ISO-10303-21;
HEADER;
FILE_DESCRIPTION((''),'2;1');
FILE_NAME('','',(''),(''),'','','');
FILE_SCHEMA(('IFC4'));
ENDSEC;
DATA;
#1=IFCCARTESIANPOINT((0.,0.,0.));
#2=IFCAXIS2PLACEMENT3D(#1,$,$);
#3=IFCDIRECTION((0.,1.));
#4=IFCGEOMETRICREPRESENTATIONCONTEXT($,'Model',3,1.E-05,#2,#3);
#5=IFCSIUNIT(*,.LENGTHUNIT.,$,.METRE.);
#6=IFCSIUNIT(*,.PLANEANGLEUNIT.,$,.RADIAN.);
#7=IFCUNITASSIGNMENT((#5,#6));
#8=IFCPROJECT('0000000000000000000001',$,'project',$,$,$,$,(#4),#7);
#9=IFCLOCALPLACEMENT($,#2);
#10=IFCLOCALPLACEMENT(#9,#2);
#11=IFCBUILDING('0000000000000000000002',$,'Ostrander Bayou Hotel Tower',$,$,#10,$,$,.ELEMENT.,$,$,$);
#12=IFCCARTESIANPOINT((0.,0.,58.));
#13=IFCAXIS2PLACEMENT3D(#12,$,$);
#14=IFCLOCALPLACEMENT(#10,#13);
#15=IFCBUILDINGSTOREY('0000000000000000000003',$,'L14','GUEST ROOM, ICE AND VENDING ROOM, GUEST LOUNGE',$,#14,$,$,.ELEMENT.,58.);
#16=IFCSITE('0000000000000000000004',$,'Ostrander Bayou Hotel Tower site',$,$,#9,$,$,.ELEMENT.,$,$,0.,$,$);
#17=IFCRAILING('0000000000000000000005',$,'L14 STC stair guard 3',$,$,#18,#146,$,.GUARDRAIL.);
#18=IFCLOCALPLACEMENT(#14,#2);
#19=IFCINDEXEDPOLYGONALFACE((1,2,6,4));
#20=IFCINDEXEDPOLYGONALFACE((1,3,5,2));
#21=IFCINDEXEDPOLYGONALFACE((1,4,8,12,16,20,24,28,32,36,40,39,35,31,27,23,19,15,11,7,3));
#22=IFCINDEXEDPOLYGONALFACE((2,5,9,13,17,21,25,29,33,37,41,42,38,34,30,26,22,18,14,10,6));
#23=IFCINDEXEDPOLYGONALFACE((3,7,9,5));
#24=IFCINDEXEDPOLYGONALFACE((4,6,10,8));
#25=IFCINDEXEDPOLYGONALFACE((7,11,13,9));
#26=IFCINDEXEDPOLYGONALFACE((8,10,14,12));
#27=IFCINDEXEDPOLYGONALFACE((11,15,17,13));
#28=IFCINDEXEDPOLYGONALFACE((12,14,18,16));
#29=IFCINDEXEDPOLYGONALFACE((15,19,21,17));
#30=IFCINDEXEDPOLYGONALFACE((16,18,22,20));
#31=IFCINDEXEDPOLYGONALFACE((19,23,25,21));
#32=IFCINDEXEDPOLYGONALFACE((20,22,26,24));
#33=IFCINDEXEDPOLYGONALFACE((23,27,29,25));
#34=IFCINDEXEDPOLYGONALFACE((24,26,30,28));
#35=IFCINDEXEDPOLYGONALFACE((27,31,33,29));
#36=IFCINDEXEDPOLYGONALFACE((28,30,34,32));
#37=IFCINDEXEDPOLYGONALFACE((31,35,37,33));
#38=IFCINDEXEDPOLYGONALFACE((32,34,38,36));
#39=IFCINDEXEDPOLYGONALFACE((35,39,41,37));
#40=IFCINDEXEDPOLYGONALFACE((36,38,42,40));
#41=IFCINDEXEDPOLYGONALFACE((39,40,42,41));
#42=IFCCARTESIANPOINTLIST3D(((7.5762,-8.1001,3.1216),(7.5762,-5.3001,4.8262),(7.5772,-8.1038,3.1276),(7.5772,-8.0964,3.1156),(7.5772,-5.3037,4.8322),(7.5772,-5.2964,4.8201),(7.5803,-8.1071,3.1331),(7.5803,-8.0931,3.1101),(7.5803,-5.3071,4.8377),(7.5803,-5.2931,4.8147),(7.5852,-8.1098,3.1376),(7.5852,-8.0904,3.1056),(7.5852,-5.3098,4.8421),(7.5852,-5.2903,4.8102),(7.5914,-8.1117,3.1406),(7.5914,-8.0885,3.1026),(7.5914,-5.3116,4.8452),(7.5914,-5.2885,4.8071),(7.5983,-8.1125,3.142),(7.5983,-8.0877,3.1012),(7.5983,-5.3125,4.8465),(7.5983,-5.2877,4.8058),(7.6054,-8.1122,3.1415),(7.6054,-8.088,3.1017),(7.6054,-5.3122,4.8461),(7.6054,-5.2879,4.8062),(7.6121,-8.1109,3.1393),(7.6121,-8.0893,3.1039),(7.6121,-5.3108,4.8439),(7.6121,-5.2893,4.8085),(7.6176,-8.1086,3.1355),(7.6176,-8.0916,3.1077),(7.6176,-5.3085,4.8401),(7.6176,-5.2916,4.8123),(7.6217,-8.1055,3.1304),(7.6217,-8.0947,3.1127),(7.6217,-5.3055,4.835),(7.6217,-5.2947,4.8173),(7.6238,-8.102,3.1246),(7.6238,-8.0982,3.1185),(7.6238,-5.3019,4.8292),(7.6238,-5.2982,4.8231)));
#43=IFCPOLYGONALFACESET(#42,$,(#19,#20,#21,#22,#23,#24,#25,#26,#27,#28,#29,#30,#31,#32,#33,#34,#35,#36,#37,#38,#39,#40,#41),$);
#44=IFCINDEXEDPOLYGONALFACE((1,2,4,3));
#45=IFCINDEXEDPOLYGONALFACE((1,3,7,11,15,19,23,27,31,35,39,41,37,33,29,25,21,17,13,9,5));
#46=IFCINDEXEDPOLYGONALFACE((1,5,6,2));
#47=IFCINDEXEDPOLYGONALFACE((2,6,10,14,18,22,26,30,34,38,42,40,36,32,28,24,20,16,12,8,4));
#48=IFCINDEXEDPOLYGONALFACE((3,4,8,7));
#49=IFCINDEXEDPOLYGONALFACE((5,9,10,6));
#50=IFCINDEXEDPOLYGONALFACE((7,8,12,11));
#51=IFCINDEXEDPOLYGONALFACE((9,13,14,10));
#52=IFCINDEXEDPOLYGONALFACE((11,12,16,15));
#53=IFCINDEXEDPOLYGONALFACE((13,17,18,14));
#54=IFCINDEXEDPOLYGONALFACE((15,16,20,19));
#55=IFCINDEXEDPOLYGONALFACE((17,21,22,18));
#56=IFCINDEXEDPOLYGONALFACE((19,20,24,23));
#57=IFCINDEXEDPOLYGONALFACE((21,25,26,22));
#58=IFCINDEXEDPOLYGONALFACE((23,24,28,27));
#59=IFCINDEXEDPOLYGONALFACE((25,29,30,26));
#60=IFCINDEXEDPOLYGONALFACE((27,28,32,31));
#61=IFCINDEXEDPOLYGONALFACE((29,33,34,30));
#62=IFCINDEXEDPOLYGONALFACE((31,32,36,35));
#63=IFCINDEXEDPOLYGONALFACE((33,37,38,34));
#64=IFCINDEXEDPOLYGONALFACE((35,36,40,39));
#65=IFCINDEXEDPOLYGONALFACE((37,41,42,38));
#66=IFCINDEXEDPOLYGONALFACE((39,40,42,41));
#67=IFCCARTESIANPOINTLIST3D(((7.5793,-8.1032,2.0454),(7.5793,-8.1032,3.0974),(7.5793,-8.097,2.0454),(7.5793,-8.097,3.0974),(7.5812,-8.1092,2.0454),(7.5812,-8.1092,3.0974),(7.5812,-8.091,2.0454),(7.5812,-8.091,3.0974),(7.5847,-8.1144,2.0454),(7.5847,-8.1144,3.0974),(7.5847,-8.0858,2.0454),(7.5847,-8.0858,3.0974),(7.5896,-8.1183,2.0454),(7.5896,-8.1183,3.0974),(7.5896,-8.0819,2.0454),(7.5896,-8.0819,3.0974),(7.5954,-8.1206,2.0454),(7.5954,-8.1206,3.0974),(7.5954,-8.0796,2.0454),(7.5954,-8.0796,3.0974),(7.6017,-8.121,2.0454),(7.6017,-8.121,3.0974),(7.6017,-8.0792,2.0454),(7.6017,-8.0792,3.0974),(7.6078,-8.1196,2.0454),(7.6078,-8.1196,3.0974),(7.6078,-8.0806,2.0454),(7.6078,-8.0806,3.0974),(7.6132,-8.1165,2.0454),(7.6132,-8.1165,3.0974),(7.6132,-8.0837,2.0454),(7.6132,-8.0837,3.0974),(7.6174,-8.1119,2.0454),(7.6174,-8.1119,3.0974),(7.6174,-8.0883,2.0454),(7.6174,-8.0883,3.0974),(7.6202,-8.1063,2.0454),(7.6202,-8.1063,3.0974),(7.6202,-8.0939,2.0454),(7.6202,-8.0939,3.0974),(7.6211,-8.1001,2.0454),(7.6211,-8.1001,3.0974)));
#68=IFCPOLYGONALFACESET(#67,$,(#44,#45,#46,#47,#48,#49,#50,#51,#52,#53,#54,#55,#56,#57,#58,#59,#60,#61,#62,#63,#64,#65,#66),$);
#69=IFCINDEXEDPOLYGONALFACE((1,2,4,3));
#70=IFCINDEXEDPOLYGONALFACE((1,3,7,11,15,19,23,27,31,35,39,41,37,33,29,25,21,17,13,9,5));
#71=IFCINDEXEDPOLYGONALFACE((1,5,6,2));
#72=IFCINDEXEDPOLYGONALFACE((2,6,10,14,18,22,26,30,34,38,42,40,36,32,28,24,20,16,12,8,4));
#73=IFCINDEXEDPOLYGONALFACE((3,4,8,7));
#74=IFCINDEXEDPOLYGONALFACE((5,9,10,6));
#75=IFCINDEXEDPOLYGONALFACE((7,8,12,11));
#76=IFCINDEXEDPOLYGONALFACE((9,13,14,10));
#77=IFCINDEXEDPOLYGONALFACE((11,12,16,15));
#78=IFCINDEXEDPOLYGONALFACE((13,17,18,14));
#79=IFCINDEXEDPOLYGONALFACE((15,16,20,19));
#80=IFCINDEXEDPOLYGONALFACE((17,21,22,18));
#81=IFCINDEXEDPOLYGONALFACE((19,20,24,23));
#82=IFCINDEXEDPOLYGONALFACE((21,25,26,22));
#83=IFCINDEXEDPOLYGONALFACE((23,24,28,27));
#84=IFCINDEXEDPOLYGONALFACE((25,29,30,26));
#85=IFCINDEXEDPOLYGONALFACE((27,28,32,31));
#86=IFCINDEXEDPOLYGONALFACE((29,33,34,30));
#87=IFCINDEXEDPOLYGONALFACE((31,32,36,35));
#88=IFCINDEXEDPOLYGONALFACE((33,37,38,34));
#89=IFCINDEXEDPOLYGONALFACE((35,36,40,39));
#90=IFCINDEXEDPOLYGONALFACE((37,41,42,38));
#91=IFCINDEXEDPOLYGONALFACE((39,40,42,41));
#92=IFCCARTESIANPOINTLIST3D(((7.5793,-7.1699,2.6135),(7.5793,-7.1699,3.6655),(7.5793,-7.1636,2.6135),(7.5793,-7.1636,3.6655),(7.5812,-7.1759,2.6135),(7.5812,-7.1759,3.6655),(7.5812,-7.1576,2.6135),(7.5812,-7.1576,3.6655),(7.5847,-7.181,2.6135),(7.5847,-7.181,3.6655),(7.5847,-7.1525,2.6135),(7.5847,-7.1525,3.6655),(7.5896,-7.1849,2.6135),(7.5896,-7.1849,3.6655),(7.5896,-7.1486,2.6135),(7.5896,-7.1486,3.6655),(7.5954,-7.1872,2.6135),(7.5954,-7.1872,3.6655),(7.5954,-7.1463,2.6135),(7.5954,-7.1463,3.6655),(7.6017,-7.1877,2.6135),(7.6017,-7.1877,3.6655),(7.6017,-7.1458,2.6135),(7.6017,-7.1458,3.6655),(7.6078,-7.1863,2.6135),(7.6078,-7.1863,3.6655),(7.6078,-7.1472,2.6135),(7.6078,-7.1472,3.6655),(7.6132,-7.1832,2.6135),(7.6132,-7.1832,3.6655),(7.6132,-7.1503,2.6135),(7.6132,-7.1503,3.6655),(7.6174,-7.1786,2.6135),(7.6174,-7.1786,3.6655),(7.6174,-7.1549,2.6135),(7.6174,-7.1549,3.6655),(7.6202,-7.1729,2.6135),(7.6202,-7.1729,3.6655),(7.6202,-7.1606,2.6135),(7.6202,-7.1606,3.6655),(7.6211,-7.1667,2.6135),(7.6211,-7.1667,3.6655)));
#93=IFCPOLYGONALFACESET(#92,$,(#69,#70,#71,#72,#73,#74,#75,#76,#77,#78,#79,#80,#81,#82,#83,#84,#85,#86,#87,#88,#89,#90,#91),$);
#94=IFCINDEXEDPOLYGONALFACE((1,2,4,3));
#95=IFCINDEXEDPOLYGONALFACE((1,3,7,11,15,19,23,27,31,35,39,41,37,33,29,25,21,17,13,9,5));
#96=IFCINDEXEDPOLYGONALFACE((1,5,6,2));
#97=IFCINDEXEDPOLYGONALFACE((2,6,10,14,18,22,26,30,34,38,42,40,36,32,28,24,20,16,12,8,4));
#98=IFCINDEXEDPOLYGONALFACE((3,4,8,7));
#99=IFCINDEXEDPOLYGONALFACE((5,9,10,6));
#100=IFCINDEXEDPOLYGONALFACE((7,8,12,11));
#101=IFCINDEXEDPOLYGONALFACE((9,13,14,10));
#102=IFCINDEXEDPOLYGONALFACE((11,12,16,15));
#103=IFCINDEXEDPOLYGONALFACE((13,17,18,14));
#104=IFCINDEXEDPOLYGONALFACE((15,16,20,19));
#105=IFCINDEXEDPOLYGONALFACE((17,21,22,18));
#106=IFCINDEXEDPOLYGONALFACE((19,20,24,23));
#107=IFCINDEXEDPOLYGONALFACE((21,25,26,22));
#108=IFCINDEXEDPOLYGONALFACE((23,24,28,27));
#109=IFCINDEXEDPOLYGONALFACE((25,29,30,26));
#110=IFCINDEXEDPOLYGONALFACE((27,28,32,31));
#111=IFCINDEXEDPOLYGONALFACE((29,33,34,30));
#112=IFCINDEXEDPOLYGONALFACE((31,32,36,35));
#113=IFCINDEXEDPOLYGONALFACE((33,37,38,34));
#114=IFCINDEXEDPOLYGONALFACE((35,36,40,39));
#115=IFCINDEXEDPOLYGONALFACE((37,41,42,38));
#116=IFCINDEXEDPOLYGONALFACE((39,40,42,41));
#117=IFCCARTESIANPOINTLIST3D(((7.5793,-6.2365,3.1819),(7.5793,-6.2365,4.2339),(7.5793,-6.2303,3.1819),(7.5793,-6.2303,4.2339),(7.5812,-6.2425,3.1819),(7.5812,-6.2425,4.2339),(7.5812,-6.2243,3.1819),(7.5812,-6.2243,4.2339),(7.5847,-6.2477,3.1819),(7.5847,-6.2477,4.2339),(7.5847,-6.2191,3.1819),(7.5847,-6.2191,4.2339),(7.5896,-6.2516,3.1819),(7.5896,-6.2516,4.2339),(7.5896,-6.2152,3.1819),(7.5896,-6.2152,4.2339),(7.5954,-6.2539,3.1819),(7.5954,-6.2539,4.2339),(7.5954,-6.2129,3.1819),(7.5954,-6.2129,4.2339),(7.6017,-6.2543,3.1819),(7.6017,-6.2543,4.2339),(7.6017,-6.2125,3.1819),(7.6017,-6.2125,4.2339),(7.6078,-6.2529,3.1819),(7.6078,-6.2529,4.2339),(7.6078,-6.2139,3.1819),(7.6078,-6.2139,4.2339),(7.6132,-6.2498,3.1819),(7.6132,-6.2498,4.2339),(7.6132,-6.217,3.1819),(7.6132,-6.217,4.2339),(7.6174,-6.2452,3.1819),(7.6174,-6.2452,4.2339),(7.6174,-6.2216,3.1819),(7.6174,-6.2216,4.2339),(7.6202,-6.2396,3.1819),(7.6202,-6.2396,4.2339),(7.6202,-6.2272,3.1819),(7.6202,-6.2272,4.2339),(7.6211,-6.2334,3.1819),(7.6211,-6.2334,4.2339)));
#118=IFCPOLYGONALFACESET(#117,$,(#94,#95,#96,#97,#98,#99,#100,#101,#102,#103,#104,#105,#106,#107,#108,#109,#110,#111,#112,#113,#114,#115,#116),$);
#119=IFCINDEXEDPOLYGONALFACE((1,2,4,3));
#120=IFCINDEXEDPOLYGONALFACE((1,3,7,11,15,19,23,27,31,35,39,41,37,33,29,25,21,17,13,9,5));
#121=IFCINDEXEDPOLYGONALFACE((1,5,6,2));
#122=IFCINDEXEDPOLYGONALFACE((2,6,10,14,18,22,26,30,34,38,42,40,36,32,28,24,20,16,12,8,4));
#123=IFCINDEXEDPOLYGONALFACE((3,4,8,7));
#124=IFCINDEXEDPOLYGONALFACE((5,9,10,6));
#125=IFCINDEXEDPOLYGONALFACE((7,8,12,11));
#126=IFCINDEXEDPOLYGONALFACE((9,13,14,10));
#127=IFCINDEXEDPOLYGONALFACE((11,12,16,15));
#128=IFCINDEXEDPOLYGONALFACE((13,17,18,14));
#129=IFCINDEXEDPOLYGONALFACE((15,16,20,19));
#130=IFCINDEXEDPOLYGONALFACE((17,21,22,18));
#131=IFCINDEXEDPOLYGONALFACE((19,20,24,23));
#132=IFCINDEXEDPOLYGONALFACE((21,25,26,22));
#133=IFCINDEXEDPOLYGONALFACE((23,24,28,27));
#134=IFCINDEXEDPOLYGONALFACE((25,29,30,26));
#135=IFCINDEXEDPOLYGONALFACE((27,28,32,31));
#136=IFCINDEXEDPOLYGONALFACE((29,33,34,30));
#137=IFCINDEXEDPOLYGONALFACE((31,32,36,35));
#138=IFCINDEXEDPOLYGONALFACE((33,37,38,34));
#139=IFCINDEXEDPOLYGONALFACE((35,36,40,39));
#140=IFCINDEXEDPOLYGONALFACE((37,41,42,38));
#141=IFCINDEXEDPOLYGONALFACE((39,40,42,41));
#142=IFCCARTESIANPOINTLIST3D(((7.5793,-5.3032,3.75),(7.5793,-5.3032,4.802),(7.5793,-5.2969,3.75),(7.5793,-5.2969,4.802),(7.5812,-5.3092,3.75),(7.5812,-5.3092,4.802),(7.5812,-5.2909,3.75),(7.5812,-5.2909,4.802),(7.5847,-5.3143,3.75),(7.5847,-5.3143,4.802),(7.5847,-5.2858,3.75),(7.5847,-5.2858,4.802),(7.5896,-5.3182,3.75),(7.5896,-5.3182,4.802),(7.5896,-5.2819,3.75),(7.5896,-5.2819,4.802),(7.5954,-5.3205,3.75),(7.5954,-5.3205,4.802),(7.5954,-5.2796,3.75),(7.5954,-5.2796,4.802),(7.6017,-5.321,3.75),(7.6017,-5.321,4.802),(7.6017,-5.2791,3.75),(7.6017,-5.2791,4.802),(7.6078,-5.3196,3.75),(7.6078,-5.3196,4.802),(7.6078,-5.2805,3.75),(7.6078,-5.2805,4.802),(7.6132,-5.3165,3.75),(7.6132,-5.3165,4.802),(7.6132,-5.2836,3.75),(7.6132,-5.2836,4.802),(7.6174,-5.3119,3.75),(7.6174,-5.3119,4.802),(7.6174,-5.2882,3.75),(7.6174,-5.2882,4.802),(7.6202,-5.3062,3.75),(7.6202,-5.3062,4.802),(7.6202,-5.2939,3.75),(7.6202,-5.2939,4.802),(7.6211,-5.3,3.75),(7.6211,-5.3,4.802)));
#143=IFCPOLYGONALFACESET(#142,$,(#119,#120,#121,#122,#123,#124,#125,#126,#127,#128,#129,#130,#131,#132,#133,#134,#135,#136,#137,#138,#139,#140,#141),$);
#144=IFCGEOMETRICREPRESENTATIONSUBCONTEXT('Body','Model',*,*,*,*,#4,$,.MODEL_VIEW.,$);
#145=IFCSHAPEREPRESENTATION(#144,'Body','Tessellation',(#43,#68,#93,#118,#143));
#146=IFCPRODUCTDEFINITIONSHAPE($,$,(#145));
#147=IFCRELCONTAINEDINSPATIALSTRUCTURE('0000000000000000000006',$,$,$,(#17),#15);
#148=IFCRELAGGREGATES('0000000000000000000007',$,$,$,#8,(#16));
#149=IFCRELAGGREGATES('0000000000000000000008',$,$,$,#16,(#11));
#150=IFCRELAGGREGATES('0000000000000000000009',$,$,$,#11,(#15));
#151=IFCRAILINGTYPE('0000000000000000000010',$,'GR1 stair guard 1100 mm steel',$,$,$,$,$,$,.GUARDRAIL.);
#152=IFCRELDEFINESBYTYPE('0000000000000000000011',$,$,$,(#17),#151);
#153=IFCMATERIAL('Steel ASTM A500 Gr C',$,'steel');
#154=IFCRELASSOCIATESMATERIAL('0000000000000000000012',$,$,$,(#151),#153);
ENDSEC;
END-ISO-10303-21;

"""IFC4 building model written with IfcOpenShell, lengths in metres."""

from ifc_helpers import new_model, si_unit, direction, frame, origin, origin_2d, place, context, subcontext, project, spatial, circle, extrude, material, type_object, element, save


model = new_model("IFC4")

# Units and contexts
model_context = context("Model", 3, precision=1e-05, world=origin(), true_north=direction((0.0, 1.0)))
body_context = subcontext(model_context, "Body", "Model", "MODEL_VIEW")
ifc_project = project(units=[si_unit("LENGTHUNIT", "METRE"), si_unit("PLANEANGLEUNIT", "RADIAN")], contexts=[model_context])

# Site, building, storey
site_placement = place(None, origin())
site = spatial("IfcSite", under=ifc_project, at=site_placement, Name="Ostrander Bayou Hotel Tower site", CompositionType="ELEMENT", RefElevation=0.0)
building_placement = place(site_placement, origin())
building = spatial("IfcBuilding", under=site, at=building_placement, Name="Ostrander Bayou Hotel Tower", CompositionType="ELEMENT")
storey_placement = place(building_placement, frame((0.0, 0.0, 58.0)))
storey = spatial("IfcBuildingStorey", under=building, at=storey_placement, Name="L14", Description="GUEST ROOM, ICE AND VENDING ROOM, GUEST LOUNGE", CompositionType="ELEMENT", Elevation=58.0)

# Railing
ifc_material_1 = material(Name="Steel ASTM A500 Gr C", Category="steel")
railing_type_1 = type_object("IfcRailingType", Name="GR1 stair guard 1100 mm steel", PredefinedType="GUARDRAIL", material=ifc_material_1)
railing_1_placement = place(storey_placement, frame((7.6001, -8.1001, 2.0454)))
element("IfcRailing", 1, at=railing_1_placement, inside=storey, type_object=railing_type_1, Name="L14 STC stair guard 3", PredefinedType="GUARDRAIL", context=body_context, shape_type="SweptSolid", body=[
    extrude(circle(Radius=0.0239, at=origin_2d()), frame((0.0, 0.0, 1.0762), z_axis=(0.0, 0.85417, 0.519994), x_axis=(-1.0, 0.0, 0.0)), (0.0, 0.0, 1.0), 3.2781),
    extrude(circle(Radius=0.021, at=origin_2d()), origin(), (0.0, 0.0, 1.0), 1.052),
    extrude(circle(Radius=0.021, at=origin_2d()), frame((0.0, 0.9333, 0.5681)), (0.0, 0.0, 1.0), 1.052),
    extrude(circle(Radius=0.021, at=origin_2d()), frame((0.0, 1.8667, 1.1365)), (0.0, 0.0, 1.0), 1.052),
    extrude(circle(Radius=0.021, at=origin_2d()), frame((0.0, 2.8, 1.7046)), (0.0, 0.0, 1.0), 1.052),
])

save(model, "model.ifc")
